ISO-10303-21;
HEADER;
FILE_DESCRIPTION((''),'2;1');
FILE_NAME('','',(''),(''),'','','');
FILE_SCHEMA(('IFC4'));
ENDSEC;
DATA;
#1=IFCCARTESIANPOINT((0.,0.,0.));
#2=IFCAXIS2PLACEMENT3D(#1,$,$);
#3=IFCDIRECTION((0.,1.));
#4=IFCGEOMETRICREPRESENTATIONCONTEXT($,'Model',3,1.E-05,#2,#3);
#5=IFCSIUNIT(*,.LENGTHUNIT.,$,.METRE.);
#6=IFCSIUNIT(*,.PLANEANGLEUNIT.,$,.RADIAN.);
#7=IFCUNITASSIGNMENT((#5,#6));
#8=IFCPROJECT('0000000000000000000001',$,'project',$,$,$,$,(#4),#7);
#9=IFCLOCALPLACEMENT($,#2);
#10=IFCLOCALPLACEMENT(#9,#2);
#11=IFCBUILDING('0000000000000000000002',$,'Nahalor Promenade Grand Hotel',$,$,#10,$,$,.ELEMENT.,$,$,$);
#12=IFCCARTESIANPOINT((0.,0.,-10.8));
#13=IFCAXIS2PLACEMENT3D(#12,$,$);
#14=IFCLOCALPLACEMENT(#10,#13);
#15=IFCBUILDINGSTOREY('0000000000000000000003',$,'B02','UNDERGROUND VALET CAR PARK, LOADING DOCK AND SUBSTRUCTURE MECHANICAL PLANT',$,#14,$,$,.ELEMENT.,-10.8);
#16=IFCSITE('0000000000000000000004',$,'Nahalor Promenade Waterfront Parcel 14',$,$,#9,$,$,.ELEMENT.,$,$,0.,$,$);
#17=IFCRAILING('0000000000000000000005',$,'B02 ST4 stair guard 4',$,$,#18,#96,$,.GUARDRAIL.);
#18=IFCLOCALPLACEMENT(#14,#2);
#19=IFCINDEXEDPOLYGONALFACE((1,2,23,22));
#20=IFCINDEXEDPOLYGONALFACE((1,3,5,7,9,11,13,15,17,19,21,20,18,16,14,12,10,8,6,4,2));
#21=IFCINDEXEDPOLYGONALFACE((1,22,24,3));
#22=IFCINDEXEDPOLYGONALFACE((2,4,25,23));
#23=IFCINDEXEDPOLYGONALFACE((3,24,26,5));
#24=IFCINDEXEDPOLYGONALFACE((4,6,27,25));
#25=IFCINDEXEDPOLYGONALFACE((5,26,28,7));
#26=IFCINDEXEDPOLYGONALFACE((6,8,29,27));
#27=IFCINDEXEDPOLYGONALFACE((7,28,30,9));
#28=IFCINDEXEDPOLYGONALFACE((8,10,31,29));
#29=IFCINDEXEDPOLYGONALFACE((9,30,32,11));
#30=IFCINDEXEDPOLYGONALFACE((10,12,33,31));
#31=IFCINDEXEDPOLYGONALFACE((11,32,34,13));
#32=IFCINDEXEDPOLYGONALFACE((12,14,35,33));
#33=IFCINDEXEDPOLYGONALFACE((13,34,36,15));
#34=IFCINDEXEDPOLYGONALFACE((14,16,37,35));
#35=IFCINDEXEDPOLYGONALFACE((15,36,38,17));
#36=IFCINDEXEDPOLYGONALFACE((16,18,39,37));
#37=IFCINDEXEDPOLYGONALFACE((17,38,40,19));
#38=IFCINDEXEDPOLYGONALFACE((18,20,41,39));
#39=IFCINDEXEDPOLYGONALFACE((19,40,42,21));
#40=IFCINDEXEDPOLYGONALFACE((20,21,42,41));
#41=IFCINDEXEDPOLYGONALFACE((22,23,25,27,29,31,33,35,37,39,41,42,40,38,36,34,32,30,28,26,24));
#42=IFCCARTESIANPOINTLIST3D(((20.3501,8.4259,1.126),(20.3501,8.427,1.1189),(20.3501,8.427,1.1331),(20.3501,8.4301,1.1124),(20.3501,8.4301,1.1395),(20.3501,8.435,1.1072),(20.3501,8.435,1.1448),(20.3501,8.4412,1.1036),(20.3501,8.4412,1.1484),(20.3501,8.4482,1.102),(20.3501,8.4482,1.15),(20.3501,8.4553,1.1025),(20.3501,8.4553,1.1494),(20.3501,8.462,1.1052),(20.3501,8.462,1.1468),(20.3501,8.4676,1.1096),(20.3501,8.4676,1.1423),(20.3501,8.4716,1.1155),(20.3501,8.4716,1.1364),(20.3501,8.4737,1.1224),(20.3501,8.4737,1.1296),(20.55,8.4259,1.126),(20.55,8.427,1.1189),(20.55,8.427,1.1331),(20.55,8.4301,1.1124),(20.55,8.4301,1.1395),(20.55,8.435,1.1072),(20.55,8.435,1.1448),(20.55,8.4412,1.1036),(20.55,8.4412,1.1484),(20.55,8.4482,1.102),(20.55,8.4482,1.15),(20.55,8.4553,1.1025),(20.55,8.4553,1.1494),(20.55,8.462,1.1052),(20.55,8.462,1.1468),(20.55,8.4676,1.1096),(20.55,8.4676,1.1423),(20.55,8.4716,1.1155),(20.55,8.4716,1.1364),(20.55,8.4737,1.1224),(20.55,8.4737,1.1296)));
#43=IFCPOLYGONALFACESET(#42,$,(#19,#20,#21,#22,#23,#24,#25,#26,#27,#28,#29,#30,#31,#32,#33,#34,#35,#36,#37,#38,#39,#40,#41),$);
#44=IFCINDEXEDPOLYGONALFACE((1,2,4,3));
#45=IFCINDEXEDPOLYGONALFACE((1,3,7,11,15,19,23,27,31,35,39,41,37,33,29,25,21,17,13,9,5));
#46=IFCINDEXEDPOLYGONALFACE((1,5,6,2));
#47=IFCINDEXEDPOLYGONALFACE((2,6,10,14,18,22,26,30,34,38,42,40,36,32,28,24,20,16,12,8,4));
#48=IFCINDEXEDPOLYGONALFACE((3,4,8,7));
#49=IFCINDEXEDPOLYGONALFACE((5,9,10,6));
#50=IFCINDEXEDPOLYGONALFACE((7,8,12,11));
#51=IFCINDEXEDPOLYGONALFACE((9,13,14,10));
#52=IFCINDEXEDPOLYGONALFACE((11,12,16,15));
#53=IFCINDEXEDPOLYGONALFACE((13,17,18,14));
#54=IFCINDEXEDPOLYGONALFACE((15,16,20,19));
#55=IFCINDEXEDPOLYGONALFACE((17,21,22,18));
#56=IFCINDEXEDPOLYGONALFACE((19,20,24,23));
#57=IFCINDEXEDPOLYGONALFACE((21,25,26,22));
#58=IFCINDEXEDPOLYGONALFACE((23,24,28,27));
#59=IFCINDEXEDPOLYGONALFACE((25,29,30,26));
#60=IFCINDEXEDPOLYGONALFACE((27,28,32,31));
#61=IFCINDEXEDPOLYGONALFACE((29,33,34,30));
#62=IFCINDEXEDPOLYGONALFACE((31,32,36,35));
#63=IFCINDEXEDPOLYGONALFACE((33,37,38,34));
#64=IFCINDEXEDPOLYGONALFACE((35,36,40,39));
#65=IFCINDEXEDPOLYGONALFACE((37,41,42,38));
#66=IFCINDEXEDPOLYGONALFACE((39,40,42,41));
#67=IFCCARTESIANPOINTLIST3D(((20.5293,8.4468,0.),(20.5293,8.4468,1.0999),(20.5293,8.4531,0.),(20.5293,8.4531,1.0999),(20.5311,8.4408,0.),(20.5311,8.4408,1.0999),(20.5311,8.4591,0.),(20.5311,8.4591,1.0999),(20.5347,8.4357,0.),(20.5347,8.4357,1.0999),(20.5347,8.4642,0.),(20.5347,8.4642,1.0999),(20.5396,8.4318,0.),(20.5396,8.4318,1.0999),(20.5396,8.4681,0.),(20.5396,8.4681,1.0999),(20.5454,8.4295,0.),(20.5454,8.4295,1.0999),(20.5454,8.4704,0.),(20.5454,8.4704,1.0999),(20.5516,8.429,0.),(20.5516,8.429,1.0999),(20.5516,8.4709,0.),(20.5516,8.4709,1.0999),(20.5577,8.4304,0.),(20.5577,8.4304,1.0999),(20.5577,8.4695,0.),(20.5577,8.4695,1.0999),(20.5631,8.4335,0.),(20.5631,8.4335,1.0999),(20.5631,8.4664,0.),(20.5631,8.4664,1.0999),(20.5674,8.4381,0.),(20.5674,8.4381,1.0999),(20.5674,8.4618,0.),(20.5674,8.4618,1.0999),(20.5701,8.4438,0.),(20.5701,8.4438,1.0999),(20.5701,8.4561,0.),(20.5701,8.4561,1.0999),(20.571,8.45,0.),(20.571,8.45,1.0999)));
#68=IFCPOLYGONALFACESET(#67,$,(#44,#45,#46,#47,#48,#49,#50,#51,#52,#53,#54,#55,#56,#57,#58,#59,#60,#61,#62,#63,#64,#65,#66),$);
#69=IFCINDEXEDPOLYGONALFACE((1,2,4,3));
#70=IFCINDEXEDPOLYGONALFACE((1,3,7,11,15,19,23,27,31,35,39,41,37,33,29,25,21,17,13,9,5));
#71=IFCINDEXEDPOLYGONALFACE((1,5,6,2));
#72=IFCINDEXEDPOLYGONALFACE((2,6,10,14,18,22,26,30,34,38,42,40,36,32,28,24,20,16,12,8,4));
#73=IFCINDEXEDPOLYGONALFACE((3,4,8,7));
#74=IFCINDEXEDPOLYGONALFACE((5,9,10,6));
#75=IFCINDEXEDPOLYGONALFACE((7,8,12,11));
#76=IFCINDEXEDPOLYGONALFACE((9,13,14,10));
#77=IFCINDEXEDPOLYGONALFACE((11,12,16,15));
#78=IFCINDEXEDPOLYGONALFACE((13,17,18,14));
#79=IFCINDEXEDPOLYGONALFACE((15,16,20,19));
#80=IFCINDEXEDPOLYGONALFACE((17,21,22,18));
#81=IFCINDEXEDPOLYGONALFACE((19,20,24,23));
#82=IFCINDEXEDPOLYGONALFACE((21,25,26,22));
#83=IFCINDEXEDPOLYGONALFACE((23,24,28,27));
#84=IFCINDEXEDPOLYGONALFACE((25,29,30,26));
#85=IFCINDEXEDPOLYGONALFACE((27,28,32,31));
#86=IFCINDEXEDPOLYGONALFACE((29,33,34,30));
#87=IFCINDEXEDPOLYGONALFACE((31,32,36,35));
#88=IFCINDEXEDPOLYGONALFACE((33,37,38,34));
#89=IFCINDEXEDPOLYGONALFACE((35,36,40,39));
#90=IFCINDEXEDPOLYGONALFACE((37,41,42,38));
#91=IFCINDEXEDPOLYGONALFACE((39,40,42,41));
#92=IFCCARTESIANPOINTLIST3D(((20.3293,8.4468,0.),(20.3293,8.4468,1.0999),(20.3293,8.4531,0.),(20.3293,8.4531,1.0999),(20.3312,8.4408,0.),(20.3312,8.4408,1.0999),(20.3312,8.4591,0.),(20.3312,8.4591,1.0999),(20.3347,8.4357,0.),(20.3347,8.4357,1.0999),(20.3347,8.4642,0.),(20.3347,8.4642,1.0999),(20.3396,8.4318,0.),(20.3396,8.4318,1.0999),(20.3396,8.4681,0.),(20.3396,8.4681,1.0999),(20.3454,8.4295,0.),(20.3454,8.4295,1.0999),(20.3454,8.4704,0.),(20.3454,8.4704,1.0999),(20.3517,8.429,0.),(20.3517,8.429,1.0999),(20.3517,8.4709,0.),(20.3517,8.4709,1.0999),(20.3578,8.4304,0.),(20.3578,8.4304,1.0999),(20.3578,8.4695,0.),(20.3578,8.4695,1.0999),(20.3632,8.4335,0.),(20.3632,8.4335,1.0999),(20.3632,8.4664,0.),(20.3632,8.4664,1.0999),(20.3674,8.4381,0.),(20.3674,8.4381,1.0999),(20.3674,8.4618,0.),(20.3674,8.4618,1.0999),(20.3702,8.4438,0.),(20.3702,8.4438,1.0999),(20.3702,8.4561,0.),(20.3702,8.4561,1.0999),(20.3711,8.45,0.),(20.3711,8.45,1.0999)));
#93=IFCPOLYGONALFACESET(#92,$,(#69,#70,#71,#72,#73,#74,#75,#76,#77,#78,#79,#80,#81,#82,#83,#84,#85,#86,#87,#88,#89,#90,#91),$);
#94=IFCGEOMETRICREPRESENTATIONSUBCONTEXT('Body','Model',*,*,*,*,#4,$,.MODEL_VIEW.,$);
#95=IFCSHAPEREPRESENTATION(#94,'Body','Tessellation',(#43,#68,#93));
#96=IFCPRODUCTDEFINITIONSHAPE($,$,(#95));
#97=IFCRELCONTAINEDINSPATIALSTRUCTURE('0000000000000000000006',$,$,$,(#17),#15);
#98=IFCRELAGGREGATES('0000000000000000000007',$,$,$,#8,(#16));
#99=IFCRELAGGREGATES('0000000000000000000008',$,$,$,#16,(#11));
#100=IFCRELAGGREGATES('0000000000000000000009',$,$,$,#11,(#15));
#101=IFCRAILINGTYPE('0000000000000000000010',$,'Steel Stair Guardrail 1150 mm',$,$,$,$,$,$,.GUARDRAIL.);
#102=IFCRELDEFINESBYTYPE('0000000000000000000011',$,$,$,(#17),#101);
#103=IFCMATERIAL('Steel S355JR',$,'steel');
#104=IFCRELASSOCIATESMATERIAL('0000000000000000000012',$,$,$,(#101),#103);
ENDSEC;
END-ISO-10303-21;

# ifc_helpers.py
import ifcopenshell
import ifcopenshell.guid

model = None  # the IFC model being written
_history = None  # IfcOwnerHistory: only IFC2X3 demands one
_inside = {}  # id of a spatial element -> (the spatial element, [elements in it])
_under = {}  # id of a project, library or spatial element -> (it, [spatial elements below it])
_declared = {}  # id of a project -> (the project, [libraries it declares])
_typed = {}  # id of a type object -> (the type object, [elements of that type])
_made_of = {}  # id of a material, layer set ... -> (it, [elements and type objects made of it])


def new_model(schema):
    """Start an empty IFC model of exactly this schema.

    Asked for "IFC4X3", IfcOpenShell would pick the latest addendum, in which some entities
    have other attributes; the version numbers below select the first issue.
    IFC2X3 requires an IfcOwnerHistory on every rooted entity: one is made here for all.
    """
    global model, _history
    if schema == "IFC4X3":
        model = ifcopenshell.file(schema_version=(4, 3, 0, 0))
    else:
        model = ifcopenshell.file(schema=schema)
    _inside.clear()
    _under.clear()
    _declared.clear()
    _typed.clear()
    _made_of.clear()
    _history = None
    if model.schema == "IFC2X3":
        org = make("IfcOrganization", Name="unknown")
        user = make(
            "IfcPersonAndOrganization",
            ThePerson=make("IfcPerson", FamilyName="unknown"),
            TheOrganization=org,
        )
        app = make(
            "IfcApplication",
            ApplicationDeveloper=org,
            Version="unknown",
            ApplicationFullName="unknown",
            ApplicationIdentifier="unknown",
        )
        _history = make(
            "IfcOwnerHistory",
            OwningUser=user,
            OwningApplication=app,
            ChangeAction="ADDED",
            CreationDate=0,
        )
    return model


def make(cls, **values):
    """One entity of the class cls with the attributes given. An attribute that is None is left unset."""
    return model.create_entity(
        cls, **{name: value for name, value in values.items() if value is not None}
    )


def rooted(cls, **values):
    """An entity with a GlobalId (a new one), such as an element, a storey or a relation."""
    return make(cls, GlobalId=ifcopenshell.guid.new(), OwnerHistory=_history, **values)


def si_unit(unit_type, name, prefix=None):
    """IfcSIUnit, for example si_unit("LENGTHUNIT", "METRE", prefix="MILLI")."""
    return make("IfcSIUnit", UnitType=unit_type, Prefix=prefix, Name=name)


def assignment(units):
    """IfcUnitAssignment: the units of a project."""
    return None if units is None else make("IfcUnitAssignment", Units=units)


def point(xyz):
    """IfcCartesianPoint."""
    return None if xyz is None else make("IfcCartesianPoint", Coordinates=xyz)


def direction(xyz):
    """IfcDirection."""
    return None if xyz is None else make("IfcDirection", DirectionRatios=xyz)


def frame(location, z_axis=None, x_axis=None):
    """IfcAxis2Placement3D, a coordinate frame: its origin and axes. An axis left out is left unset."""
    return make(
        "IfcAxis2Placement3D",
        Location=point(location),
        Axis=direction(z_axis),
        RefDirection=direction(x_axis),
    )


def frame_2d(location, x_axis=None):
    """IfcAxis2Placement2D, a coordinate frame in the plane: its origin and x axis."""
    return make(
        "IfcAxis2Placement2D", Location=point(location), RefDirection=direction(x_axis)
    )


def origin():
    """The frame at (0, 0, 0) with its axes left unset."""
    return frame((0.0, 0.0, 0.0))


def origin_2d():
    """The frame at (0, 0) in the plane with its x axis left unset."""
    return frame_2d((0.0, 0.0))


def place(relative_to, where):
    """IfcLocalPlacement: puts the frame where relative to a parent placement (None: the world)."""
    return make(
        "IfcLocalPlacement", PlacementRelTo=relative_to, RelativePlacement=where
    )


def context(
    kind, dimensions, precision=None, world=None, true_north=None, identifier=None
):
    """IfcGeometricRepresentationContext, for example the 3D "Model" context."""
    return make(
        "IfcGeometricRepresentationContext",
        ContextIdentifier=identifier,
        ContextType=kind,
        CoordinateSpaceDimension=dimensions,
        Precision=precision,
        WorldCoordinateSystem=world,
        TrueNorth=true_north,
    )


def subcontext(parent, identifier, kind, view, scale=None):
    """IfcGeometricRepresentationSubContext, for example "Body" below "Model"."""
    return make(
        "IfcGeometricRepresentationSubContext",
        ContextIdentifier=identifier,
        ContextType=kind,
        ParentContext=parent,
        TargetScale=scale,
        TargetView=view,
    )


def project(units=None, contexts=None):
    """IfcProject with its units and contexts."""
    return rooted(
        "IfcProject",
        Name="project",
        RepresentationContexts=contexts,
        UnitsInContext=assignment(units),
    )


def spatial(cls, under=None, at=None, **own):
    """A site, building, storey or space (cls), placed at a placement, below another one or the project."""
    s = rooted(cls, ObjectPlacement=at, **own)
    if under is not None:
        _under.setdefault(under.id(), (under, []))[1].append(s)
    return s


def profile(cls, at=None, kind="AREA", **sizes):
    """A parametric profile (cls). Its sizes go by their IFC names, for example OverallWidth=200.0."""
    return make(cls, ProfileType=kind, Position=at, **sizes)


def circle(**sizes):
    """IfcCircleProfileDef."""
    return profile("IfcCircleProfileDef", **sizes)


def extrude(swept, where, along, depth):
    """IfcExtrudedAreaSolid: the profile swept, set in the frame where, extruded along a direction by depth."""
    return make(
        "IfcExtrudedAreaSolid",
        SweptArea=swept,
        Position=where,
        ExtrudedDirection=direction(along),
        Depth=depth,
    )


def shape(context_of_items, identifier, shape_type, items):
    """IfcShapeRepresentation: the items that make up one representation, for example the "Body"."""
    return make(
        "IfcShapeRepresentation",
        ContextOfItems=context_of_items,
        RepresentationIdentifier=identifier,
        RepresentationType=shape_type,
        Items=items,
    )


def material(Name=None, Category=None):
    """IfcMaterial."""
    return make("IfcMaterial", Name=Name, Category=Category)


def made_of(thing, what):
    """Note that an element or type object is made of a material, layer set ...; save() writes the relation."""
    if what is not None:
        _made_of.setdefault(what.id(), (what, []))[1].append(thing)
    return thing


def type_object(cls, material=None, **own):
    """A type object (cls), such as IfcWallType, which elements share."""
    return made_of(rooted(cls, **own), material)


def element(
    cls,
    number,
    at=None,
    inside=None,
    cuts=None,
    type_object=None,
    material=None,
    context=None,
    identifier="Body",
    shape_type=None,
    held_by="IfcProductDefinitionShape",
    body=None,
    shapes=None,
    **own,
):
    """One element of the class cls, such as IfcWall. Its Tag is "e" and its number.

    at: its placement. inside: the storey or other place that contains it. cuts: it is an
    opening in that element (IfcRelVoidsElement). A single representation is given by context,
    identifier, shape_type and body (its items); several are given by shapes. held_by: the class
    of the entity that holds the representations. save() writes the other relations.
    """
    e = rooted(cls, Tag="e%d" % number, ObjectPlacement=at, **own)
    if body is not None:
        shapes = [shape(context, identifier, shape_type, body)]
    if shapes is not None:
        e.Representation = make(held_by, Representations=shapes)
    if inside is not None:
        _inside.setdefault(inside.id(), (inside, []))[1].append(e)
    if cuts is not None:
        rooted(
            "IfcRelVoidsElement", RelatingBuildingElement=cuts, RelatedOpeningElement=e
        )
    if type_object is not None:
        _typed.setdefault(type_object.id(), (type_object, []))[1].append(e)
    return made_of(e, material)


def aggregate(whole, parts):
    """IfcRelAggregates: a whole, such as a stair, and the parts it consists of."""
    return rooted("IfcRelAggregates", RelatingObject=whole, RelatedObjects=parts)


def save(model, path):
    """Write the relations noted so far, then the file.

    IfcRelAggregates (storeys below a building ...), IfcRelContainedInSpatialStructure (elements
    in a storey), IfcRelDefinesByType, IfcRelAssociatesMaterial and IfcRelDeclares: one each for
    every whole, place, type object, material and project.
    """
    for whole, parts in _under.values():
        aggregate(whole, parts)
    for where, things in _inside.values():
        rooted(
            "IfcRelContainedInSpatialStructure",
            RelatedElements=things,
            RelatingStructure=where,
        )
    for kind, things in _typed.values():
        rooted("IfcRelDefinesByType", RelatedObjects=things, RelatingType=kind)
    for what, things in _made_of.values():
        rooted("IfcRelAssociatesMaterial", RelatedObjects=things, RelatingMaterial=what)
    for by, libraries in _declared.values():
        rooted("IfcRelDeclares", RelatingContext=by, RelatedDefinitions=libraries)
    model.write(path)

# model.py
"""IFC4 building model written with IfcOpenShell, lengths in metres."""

from ifc_helpers import new_model, si_unit, direction, frame, origin, origin_2d, place, context, subcontext, project, spatial, circle, extrude, material, type_object, element, save


model = new_model("IFC4")

# Units and contexts
model_context = context("Model", 3, precision=1e-05, world=origin(), true_north=direction((0.0, 1.0)))
body_context = subcontext(model_context, "Body", "Model", "MODEL_VIEW")
ifc_project = project(units=[si_unit("LENGTHUNIT", "METRE"), si_unit("PLANEANGLEUNIT", "RADIAN")], contexts=[model_context])

# Site, building, storey
site_placement = place(None, origin())
site = spatial("IfcSite", under=ifc_project, at=site_placement, Name="Nahalor Promenade Waterfront Parcel 14", CompositionType="ELEMENT", RefElevation=0.0)
building_placement = place(site_placement, origin())
building = spatial("IfcBuilding", under=site, at=building_placement, Name="Nahalor Promenade Grand Hotel", CompositionType="ELEMENT")
storey_placement = place(building_placement, frame((0.0, 0.0, -10.8)))
storey = spatial("IfcBuildingStorey", under=building, at=storey_placement, Name="B02", Description="UNDERGROUND VALET CAR PARK, LOADING DOCK AND SUBSTRUCTURE MECHANICAL PLANT", CompositionType="ELEMENT", Elevation=-10.8)

# Shared definitions
ifc_material_1 = material(Name="Steel S355JR", Category="steel")

# Railing
railing_type_1 = type_object("IfcRailingType", Name="Steel Stair Guardrail 1150 mm", PredefinedType="GUARDRAIL", material=ifc_material_1)
railing_1_placement = place(storey_placement, frame((20.55, 8.45, 0.0)))
element("IfcRailing", 1, at=railing_1_placement, inside=storey, type_object=railing_type_1, Name="B02 ST4 stair guard 4", PredefinedType="GUARDRAIL", context=body_context, shape_type="SweptSolid", body=[
    extrude(circle(Radius=0.024, at=origin_2d()), frame((0.0, 0.0, 1.126), z_axis=(-1.0, 0.0, 0.0), x_axis=(0.0, -1.0, 0.0)), (0.0, 0.0, 1.0), 0.2),
    extrude(circle(Radius=0.021, at=origin_2d()), origin(), (0.0, 0.0, 1.0), 1.0999),
    extrude(circle(Radius=0.021, at=origin_2d()), frame((-0.2, 0.0, 0.0)), (0.0, 0.0, 1.0), 1.0999),
])

save(model, "model.ifc")
